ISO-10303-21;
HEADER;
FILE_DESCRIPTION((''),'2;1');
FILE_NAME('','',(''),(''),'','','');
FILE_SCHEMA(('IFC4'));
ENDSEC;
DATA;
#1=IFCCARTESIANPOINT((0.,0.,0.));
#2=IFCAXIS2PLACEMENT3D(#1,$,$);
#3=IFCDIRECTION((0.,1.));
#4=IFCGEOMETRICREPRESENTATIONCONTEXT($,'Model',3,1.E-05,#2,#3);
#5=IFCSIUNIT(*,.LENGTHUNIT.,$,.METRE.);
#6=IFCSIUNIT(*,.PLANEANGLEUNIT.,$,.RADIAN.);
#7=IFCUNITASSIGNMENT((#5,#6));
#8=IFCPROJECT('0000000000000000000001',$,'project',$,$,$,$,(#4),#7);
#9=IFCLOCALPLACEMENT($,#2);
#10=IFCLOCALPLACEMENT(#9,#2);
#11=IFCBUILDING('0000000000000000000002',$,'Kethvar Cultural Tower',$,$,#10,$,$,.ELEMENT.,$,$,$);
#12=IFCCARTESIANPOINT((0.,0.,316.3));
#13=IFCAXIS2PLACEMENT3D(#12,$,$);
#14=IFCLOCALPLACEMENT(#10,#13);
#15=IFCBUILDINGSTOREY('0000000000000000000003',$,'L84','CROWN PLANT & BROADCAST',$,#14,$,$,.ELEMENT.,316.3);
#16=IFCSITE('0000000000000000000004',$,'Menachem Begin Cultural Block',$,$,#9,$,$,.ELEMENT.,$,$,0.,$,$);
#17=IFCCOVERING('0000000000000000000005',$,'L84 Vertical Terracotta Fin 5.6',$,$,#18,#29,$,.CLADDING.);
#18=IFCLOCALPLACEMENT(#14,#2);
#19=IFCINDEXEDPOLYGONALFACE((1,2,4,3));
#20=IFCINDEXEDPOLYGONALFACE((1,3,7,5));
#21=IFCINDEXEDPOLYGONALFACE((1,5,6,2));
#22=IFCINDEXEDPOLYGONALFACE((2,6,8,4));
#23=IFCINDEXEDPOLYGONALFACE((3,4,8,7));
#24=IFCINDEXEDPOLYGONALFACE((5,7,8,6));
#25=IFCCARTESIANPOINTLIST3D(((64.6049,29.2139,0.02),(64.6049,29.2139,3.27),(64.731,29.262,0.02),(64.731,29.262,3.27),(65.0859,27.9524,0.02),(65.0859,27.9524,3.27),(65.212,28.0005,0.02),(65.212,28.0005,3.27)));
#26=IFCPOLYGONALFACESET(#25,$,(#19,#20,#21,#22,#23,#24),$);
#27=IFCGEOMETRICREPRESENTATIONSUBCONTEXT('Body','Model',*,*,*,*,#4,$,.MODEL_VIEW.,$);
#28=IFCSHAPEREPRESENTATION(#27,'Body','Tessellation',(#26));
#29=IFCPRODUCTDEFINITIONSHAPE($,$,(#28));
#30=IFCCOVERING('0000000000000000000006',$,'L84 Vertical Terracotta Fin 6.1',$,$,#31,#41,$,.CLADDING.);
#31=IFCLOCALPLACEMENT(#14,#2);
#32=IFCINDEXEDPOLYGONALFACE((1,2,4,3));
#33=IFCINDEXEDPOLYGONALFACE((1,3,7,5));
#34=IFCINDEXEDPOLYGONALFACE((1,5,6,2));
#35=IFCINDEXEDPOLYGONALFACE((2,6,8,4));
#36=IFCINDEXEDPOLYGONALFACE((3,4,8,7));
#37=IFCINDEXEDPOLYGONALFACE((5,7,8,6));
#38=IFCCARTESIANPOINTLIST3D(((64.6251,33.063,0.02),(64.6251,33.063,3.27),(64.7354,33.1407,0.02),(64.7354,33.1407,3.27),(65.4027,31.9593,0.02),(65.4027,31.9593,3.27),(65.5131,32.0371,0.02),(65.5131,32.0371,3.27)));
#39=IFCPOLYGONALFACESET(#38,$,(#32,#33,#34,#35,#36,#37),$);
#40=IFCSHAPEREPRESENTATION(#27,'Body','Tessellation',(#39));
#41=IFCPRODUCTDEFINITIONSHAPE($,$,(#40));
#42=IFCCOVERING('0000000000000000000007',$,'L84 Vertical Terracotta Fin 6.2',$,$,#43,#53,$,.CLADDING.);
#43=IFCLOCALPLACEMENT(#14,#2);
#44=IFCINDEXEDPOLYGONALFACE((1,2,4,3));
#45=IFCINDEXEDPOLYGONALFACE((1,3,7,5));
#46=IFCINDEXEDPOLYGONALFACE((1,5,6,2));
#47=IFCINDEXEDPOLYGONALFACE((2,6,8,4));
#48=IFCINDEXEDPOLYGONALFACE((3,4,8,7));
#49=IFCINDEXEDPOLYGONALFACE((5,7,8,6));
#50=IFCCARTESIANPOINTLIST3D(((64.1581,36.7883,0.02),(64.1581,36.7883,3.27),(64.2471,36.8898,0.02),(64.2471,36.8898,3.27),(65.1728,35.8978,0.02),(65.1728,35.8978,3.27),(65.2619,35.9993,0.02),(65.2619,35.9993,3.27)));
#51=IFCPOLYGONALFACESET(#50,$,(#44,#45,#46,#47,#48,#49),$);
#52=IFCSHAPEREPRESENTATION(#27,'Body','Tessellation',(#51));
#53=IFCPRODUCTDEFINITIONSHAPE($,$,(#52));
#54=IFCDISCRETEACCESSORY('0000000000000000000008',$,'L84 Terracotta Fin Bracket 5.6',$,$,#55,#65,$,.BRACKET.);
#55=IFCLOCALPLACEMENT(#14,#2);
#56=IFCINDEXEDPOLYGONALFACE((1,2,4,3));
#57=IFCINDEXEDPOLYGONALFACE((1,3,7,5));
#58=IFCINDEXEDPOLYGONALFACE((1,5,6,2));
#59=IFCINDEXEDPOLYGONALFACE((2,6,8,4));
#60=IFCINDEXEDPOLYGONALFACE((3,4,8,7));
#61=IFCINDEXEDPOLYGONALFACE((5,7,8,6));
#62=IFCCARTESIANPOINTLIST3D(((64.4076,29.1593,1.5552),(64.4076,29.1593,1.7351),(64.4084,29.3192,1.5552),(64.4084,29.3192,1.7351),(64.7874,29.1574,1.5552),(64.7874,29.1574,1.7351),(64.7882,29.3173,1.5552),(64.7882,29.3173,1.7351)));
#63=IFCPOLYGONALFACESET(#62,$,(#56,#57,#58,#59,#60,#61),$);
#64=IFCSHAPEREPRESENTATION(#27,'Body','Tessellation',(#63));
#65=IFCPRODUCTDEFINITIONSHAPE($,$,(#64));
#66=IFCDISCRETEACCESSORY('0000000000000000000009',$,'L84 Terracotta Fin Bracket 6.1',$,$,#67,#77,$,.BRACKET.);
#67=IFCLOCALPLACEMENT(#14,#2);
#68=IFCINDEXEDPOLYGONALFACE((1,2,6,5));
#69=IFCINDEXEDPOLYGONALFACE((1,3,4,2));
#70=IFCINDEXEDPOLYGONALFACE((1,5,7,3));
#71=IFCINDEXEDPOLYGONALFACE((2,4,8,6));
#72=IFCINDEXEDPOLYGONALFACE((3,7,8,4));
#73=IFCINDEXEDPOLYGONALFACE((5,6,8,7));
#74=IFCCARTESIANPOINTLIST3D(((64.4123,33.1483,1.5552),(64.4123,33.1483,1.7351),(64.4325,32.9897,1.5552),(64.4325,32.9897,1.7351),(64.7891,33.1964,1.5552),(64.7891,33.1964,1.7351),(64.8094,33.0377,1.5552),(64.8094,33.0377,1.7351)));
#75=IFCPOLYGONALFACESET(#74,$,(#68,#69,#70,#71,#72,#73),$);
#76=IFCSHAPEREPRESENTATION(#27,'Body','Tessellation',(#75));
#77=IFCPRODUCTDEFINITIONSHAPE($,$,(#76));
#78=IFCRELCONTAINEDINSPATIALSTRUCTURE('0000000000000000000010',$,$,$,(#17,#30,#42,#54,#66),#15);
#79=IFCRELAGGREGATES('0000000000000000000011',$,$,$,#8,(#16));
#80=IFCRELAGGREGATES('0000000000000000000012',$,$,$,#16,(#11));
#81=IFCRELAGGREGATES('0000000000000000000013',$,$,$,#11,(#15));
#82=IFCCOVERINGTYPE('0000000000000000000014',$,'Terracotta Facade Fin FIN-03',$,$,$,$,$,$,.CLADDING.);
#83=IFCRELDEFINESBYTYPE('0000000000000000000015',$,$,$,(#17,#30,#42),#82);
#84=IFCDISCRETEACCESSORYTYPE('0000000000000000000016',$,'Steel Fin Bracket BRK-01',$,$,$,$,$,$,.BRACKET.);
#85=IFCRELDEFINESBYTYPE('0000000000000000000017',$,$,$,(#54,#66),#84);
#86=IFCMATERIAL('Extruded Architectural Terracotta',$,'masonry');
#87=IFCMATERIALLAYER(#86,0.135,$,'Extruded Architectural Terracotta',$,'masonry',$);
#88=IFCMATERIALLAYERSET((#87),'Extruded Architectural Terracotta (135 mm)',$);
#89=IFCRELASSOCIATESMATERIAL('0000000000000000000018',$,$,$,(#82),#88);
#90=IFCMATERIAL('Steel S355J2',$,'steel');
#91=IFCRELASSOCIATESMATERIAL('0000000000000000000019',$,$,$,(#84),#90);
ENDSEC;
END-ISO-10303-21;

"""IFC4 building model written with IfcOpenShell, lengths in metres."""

from ifc_helpers import new_model, si_unit, direction, frame, origin, origin_2d, place, context, subcontext, project, spatial, rectangle, extrude, source, transform, mapped, material, layer, layer_set, type_object, element, save


model = new_model("IFC4")

# Units and contexts
model_context = context("Model", 3, precision=1e-05, world=origin(), true_north=direction((0.0, 1.0)))
body_context = subcontext(model_context, "Body", "Model", "MODEL_VIEW")
ifc_project = project(units=[si_unit("LENGTHUNIT", "METRE"), si_unit("PLANEANGLEUNIT", "RADIAN")], contexts=[model_context])

# Site, building, storey
site_placement = place(None, origin())
site = spatial("IfcSite", under=ifc_project, at=site_placement, Name="Menachem Begin Cultural Block", CompositionType="ELEMENT", RefElevation=0.0)
building_placement = place(site_placement, origin())
building = spatial("IfcBuilding", under=site, at=building_placement, Name="Kethvar Cultural Tower", CompositionType="ELEMENT")
storey_placement = place(building_placement, frame((0.0, 0.0, 316.3)))
storey = spatial("IfcBuildingStorey", under=building, at=storey_placement, Name="L84", Description="CROWN PLANT & BROADCAST", CompositionType="ELEMENT", Elevation=316.3)

# Shared definitions
ifc_material_1 = material(Name="Steel S355J2", Category="steel")

# Coverings
ifc_material_2 = material(Name="Extruded Architectural Terracotta", Category="masonry")
ifc_layer_1 = layer(ifc_material_2, 0.135, Name="Extruded Architectural Terracotta", Category="masonry")
ifc_layer_set_1 = layer_set([ifc_layer_1], Name="Extruded Architectural Terracotta (135 mm)")
covering_type = type_object("IfcCoveringType", Name="Terracotta Facade Fin FIN-03", PredefinedType="CLADDING", material=ifc_layer_set_1)
shared_shape_1 = source(origin(), body_context, "Body", "SweptSolid", [
    extrude(rectangle(XDim=1.3501, YDim=0.135, at=origin_2d()), origin(), (0.0, 0.0, 1.0), 3.25),
])
for number, where, z_axis, x_axis, name in (
    (1, (64.9084, 28.6072, 0.02), (0.0, 0.0, 1.0), (0.356249, -0.934391, 0.0), "L84 Vertical Terracotta Fin 5.6"),
    (2, (65.0691, 32.55, 0.02), (0.0, 0.0, 1.0), (0.576004, -0.817447, 0.0), "L84 Vertical Terracotta Fin 6.1"),
    (3, (64.71, 36.3938, 0.02), (0.0, 0.0, 1.0), (0.75161, -0.659608, 0.0), "L84 Vertical Terracotta Fin 6.2"),
):
    element("IfcCovering", number, at=place(storey_placement, frame(where, z_axis=z_axis, x_axis=x_axis)), inside=storey, type_object=covering_type, Name=name, PredefinedType="CLADDING", context=body_context, shape_type="MappedRepresentation", body=[
        mapped(shared_shape_1, transform((0.0, 0.0, 0.0), scale=1.0)),
    ])

# Discrete accessories
discrete_accessory_type = type_object("IfcDiscreteAccessoryType", Name="Steel Fin Bracket BRK-01", PredefinedType="BRACKET", material=ifc_material_1)
shared_shape_2 = source(origin(), body_context, "Body", "SweptSolid", [
    extrude(rectangle(XDim=0.3799, YDim=0.1599, at=origin_2d()), origin(), (0.0, 0.0, 1.0), 0.1799),
])
for number, where, z_axis, x_axis, name in (
    (4, (64.5979, 29.2383, 1.5552), (0.0, 0.0, 1.0), (0.999988, -0.004887, 0.0), "L84 Terracotta Fin Bracket 5.6"),
    (5, (64.6108, 33.093, 1.5552), (0.0, 0.0, 1.0), (0.991961, 0.126545, 0.0), "L84 Terracotta Fin Bracket 6.1"),
):
    element("IfcDiscreteAccessory", number, at=place(storey_placement, frame(where, z_axis=z_axis, x_axis=x_axis)), inside=storey, type_object=discrete_accessory_type, Name=name, PredefinedType="BRACKET", context=body_context, shape_type="MappedRepresentation", body=[
        mapped(shared_shape_2, transform((0.0, 0.0, 0.0), scale=1.0)),
    ])

save(model, "model.ifc")
